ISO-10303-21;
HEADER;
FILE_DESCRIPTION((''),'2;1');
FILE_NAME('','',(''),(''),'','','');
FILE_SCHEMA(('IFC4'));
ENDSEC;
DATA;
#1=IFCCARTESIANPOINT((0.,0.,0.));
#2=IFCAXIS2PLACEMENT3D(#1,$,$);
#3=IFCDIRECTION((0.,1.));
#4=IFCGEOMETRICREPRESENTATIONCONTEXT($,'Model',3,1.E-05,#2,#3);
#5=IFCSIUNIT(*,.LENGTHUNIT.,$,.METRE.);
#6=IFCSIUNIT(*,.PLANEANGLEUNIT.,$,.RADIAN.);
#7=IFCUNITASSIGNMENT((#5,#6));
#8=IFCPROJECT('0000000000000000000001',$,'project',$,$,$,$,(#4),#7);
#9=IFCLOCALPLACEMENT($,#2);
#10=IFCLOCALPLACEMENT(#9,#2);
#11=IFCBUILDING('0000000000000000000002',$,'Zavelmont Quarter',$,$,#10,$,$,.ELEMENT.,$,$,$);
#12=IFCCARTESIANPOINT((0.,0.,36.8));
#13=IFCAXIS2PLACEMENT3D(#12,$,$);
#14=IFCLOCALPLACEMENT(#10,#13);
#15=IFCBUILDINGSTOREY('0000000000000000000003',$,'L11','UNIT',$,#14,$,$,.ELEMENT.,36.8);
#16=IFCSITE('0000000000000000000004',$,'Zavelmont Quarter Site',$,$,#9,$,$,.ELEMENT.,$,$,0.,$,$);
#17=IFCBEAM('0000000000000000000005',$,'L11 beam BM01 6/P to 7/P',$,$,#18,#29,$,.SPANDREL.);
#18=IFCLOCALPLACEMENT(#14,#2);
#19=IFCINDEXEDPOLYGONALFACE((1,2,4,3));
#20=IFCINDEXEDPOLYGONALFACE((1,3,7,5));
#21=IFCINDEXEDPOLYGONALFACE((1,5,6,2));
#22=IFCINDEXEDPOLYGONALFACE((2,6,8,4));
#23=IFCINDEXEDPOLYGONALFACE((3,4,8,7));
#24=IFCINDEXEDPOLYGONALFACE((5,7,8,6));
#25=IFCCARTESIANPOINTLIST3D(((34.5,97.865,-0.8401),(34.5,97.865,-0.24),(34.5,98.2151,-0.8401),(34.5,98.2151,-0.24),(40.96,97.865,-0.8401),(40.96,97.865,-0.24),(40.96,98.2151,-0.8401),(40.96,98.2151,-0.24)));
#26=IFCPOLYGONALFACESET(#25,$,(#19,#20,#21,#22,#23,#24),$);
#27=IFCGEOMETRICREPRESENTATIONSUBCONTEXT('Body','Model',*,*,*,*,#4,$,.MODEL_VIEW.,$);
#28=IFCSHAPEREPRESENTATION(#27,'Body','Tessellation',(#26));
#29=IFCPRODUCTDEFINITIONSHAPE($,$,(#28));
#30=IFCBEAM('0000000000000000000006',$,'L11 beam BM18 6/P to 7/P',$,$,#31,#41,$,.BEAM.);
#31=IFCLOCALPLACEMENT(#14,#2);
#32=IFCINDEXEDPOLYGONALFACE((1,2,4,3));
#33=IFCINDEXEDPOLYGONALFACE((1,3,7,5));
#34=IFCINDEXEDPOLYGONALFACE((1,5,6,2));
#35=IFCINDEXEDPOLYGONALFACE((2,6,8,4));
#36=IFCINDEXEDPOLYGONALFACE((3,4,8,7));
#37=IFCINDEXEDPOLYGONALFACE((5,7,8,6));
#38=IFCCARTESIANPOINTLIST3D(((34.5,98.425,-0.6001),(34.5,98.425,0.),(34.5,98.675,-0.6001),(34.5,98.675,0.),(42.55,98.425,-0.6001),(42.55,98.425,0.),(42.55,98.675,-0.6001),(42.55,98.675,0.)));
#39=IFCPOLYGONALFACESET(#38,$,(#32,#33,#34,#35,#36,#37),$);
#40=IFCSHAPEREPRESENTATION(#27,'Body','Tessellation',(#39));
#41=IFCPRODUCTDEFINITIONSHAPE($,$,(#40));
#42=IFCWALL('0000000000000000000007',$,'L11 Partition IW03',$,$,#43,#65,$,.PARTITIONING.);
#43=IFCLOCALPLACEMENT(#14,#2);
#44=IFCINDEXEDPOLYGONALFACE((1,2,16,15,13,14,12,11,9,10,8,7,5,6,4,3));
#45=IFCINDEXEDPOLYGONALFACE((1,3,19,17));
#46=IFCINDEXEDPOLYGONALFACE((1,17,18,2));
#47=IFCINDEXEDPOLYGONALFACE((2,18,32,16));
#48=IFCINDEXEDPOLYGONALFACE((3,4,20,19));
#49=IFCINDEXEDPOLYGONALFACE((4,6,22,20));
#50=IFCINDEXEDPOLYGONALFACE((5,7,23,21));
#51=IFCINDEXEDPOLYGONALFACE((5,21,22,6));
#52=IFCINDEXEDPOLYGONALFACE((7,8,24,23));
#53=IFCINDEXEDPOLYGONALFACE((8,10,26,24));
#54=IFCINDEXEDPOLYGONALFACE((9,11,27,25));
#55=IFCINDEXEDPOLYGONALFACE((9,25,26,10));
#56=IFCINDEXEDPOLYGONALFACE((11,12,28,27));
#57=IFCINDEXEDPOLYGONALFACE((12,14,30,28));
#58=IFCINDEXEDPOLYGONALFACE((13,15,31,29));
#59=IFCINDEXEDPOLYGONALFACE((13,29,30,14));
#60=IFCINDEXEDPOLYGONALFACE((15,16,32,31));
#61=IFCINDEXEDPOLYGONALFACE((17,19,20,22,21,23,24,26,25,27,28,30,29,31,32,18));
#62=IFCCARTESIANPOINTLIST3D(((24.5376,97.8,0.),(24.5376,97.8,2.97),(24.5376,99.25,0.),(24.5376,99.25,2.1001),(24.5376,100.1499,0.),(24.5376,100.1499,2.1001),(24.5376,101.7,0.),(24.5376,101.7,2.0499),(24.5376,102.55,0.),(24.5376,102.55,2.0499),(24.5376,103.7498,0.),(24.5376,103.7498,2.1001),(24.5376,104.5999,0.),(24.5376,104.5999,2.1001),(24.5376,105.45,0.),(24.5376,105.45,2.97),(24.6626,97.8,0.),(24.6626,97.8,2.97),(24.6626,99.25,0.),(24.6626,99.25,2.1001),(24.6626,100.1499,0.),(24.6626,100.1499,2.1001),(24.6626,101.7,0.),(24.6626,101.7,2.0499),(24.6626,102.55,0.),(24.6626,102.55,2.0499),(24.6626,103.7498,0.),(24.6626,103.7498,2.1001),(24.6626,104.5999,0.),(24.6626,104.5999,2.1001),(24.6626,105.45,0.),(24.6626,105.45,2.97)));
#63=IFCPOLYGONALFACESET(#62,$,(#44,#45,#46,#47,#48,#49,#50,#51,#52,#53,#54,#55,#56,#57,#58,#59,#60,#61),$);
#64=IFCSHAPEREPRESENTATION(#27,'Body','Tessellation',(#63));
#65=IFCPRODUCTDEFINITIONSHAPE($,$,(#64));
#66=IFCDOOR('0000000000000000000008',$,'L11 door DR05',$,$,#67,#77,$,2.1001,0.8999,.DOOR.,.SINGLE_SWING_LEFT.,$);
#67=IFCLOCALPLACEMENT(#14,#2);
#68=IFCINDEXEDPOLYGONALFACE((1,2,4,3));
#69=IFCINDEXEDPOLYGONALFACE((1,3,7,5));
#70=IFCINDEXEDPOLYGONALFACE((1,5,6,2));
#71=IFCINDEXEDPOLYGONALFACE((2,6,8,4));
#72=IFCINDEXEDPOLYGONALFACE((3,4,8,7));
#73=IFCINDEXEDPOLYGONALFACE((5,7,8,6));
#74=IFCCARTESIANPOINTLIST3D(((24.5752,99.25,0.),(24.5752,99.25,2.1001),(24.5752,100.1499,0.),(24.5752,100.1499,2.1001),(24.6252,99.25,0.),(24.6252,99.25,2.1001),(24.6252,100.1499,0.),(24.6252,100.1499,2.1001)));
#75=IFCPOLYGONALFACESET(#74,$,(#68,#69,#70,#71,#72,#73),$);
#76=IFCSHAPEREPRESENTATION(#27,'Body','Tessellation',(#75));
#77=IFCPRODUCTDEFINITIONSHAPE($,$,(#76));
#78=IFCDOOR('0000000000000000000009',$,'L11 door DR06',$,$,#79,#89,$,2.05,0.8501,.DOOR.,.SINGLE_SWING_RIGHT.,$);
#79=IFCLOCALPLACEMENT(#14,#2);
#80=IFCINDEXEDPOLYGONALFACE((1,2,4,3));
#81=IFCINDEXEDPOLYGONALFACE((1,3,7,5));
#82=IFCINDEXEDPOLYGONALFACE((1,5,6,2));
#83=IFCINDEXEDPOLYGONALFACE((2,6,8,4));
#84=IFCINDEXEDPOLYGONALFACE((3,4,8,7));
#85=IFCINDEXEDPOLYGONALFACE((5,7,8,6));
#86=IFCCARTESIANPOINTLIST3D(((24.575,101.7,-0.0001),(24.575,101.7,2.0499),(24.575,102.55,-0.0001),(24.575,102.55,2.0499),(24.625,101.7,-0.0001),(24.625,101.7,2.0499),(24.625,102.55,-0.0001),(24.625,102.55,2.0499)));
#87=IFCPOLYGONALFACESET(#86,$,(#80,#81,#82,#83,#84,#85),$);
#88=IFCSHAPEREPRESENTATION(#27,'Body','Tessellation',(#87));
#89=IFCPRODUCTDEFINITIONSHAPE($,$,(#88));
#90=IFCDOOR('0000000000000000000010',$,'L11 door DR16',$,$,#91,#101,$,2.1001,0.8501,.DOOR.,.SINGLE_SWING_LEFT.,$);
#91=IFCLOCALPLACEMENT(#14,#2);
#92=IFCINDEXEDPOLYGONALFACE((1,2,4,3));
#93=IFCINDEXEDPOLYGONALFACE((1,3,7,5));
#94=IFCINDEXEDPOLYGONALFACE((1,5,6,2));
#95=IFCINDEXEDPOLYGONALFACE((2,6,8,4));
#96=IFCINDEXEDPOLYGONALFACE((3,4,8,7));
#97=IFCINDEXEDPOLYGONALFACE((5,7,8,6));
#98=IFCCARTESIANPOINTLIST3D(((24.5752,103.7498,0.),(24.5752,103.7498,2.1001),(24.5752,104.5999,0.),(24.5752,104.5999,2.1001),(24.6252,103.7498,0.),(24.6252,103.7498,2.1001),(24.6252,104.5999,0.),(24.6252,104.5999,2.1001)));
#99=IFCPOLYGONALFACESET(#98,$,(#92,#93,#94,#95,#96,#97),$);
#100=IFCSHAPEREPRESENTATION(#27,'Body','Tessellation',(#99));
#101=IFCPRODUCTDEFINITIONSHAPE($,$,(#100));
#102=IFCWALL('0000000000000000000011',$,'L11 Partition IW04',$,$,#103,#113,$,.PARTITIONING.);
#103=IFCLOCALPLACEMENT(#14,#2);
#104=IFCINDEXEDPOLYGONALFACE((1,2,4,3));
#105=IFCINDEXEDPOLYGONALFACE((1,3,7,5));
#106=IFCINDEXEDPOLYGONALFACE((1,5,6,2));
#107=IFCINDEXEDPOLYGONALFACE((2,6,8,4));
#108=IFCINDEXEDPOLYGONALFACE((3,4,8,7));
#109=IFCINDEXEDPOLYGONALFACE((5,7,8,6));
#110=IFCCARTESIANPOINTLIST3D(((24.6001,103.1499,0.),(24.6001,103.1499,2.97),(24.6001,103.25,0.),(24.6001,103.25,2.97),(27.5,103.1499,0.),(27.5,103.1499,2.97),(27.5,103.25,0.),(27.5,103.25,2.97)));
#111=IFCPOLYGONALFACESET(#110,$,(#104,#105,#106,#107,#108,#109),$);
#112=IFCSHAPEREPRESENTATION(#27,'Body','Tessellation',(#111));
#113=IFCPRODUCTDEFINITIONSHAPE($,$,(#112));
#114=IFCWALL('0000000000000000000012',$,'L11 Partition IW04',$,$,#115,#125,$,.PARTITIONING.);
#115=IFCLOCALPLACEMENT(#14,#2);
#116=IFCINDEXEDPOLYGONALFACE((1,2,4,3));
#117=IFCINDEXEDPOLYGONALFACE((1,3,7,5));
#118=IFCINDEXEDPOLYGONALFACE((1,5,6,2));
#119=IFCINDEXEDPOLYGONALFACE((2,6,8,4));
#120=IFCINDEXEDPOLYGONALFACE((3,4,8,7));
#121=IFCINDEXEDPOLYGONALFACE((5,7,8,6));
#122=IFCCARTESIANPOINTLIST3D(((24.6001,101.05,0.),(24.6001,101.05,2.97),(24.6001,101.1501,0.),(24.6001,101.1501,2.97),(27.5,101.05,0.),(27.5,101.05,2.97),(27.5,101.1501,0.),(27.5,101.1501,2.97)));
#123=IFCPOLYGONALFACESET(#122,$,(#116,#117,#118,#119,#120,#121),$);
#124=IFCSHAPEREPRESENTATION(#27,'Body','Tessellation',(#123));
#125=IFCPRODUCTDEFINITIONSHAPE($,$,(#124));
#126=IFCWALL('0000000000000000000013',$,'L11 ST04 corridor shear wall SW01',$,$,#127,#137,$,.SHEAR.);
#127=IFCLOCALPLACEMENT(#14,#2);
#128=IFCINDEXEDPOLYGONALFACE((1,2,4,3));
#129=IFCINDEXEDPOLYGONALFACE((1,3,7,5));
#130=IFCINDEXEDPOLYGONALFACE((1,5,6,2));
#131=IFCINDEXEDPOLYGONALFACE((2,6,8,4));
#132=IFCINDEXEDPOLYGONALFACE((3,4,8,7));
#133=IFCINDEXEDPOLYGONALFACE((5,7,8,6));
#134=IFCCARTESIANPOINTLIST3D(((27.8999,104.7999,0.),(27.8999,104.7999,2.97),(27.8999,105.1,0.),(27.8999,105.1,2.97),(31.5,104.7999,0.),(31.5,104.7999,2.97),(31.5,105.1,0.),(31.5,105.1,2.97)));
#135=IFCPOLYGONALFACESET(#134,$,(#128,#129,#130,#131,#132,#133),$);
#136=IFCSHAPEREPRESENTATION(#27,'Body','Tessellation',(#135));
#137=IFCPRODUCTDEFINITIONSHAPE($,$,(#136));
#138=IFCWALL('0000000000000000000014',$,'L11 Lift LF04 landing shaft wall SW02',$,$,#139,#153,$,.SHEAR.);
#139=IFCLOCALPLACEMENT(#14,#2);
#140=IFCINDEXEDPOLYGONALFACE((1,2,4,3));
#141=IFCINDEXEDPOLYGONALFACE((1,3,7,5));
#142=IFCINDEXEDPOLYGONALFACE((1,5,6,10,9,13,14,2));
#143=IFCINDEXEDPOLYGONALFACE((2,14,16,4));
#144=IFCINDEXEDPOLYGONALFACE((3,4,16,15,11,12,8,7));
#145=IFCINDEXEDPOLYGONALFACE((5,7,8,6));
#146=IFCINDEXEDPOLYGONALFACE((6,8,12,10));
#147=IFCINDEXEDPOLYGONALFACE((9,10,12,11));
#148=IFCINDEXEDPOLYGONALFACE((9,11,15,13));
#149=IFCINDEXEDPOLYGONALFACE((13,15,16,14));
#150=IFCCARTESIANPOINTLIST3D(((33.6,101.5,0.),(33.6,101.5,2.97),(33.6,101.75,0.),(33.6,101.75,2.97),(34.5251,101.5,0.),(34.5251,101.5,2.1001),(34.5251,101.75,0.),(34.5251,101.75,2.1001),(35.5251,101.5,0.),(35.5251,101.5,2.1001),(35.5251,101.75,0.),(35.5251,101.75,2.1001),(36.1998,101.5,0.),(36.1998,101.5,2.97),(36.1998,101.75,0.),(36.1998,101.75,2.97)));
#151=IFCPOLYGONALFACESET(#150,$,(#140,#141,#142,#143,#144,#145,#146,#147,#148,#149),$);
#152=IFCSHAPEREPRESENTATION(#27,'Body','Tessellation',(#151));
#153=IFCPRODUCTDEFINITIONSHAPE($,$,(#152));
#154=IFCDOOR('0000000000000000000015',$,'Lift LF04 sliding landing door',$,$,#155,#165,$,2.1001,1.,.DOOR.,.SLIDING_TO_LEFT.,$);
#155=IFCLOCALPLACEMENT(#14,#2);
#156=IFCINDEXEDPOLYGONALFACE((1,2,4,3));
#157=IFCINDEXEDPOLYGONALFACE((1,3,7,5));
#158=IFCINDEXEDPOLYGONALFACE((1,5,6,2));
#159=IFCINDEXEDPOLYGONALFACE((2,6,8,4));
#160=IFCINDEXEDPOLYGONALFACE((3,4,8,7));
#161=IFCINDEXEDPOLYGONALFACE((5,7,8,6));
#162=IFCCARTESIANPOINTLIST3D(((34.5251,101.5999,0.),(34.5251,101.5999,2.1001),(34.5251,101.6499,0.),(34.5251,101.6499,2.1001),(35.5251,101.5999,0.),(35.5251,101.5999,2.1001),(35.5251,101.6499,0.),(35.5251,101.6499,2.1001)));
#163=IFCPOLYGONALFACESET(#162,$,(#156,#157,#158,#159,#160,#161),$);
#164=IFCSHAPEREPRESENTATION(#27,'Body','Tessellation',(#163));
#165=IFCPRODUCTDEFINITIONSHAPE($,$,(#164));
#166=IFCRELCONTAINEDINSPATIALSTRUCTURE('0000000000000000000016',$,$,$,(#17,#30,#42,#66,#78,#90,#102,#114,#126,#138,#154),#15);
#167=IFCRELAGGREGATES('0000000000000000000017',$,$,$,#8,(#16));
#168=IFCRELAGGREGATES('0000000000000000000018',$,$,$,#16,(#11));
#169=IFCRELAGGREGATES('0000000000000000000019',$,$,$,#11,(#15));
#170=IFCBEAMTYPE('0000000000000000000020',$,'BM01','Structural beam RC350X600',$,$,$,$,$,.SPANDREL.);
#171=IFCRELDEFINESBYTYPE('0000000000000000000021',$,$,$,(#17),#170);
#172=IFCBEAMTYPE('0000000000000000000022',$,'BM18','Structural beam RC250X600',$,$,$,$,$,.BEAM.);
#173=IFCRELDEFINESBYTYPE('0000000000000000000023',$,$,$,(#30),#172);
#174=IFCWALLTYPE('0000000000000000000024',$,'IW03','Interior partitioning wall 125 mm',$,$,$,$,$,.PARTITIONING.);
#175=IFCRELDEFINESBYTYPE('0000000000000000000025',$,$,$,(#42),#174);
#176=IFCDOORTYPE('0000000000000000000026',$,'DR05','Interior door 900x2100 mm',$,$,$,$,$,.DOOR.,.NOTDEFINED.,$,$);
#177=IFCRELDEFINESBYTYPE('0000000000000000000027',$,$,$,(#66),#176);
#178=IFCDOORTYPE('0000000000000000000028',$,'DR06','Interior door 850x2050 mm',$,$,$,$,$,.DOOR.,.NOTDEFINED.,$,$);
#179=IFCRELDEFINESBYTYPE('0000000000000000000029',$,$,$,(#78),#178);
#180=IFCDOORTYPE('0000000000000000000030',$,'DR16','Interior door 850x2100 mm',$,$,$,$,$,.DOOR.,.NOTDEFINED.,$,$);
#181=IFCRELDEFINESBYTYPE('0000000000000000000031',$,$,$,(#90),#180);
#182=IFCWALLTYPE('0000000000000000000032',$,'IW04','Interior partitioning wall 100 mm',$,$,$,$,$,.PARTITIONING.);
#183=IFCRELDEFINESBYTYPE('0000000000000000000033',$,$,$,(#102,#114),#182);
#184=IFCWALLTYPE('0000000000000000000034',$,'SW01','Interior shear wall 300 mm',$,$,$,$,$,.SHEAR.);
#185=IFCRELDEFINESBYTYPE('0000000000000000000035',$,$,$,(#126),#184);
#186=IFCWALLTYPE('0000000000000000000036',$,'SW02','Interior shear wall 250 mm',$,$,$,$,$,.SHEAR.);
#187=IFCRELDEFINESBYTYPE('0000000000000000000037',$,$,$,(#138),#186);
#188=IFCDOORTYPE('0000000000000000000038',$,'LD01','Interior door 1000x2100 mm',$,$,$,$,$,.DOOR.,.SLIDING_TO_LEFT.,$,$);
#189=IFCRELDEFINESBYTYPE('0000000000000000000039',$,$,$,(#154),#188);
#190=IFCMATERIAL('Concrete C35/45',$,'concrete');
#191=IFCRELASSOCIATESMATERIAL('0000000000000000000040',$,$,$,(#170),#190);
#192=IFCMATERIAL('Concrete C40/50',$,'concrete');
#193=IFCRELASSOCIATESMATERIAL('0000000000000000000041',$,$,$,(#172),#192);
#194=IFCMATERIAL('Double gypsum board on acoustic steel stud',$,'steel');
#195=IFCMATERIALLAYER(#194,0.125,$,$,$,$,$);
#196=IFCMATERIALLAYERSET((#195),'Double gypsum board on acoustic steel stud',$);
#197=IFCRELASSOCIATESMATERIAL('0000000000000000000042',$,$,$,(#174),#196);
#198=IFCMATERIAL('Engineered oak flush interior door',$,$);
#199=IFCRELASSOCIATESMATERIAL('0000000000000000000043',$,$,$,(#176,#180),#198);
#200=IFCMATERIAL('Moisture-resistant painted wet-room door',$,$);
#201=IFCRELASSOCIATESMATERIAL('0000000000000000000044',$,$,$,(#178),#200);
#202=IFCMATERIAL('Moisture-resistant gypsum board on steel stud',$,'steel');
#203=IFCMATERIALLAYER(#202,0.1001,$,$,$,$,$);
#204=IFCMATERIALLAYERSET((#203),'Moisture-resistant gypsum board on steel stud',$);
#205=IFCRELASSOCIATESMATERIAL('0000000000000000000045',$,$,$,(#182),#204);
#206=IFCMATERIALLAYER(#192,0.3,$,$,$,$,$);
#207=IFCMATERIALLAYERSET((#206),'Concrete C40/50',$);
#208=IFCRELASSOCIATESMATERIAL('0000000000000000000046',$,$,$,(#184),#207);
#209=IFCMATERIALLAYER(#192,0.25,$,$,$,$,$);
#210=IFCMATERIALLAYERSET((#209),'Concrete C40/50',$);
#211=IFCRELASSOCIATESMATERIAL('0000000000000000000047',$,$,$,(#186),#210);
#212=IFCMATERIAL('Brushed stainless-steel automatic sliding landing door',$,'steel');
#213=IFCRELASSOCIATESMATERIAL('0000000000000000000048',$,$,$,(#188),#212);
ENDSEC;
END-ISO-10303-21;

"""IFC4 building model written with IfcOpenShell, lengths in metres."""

from ifc_helpers import new_model, si_unit, direction, frame, frame_2d, origin, origin_with_axes, origin_2d, place, context, subcontext, project, spatial, rectangle, extrude, material, layer, layer_set, material_profile, profile_set, type_object, element, fill, save


model = new_model("IFC4")

# Units and contexts
model_context = context("Model", 3, precision=1e-05, world=origin(), true_north=direction((0.0, 1.0)))
body_context = subcontext(model_context, "Body", "Model", "MODEL_VIEW")
ifc_project = project(units=[si_unit("LENGTHUNIT", "METRE"), si_unit("PLANEANGLEUNIT", "RADIAN")], contexts=[model_context])

# Site, building, storey
site_placement = place(None, origin())
site = spatial("IfcSite", under=ifc_project, at=site_placement, Name="Zavelmont Quarter Site", CompositionType="ELEMENT", RefElevation=0.0)
building_placement = place(site_placement, origin())
building = spatial("IfcBuilding", under=site, at=building_placement, Name="Zavelmont Quarter", CompositionType="ELEMENT")
storey_placement = place(building_placement, frame((0.0, 0.0, 36.8)))
storey = spatial("IfcBuildingStorey", under=building, at=storey_placement, Name="L11", Description="UNIT", CompositionType="ELEMENT", Elevation=36.8)

# Beams
ifc_material_1 = material(Name="Concrete C35/45", Category="concrete")
ifc_material_profile_1 = material_profile(ifc_material_1, rectangle(XDim=0.3501, YDim=0.6001, at=origin_2d()), Name="RC350X600")
ifc_profile_set_1 = profile_set([ifc_material_profile_1], Name="Concrete C35/45")
beam_type_1 = type_object("IfcBeamType", Name="BM01", Description="Structural beam RC350X600", PredefinedType="SPANDREL", material=ifc_profile_set_1)
beam_1_placement = place(storey_placement, frame((34.5, 98.04, -0.54), z_axis=(1.0, 0.0, 0.0), x_axis=(0.0, 1.0, 0.0)))
element("IfcBeam", 1, at=beam_1_placement, inside=storey, type_object=beam_type_1, Name="L11 beam BM01 6/P to 7/P", PredefinedType="SPANDREL", context=body_context, shape_type="SweptSolid", body=[
    extrude(rectangle(XDim=0.3501, YDim=0.6001, at=origin_2d()), origin(), (0.0, 0.0, 1.0), 6.46),
])
ifc_material_2 = material(Name="Concrete C40/50", Category="concrete")
ifc_material_profile_2 = material_profile(ifc_material_2, rectangle(XDim=0.25, YDim=0.6001, at=origin_2d()), Name="RC250X600")
ifc_profile_set_2 = profile_set([ifc_material_profile_2], Name="Concrete C40/50")
beam_type_2 = type_object("IfcBeamType", Name="BM18", Description="Structural beam RC250X600", PredefinedType="BEAM", material=ifc_profile_set_2)
beam_2_placement = place(storey_placement, frame((34.5, 98.55, -0.3), z_axis=(1.0, 0.0, 0.0), x_axis=(0.0, 1.0, 0.0)))
element("IfcBeam", 2, at=beam_2_placement, inside=storey, type_object=beam_type_2, Name="L11 beam BM18 6/P to 7/P", PredefinedType="BEAM", context=body_context, shape_type="SweptSolid", body=[
    extrude(rectangle(XDim=0.25, YDim=0.6001, at=origin_2d()), origin(), (0.0, 0.0, 1.0), 8.05),
])

# Wall, openings, doors
ifc_material_3 = material(Name="Double gypsum board on acoustic steel stud", Category="steel")
ifc_layer_1 = layer(ifc_material_3, 0.125)
ifc_layer_set_1 = layer_set([ifc_layer_1], Name="Double gypsum board on acoustic steel stud")
wall_type_1 = type_object("IfcWallType", Name="IW03", Description="Interior partitioning wall 125 mm", PredefinedType="PARTITIONING", material=ifc_layer_set_1)
wall_1_placement = place(storey_placement, frame((24.6001, 105.45, 0.0), z_axis=(0.0, 0.0, 1.0), x_axis=(0.0, -1.0, 0.0)))
wall_1 = element("IfcWall", 3, at=wall_1_placement, inside=storey, type_object=wall_type_1, Name="L11 Partition IW03", PredefinedType="PARTITIONING", context=body_context, shape_type="SweptSolid", body=[
    extrude(rectangle(XDim=7.6499, YDim=0.125, at=frame_2d((3.825, 0.0))), origin(), (0.0, 0.0, 1.0), 2.97),
])
opening_1_placement = place(wall_1_placement, frame((0.8501, 0.0, 0.0)))
opening_1 = element("IfcOpeningElement", 4, at=opening_1_placement, cuts=wall_1, PredefinedType="OPENING", context=body_context, shape_type="SweptSolid", body=[
    extrude(rectangle(XDim=0.8501, YDim=2.1001, at=frame_2d((0.425, 1.05))), frame((0.0, 0.0745, 0.0), z_axis=(0.0, -1.0, 0.0), x_axis=(1.0, 0.0, 0.0)), (0.0, 0.0, 1.0), 0.1489),
])
opening_2_placement = place(wall_1_placement, frame((2.8999, 0.0, 0.0)))
opening_2 = element("IfcOpeningElement", 5, at=opening_2_placement, cuts=wall_1, PredefinedType="OPENING", context=body_context, shape_type="SweptSolid", body=[
    extrude(rectangle(XDim=0.8501, YDim=2.05, at=frame_2d((0.425, 1.0249))), frame((0.0, 0.0745, 0.0), z_axis=(0.0, -1.0, 0.0), x_axis=(1.0, 0.0, 0.0)), (0.0, 0.0, 1.0), 0.1489),
])
opening_3_placement = place(wall_1_placement, frame((5.3, 0.0, 0.0)))
opening_3 = element("IfcOpeningElement", 6, at=opening_3_placement, cuts=wall_1, PredefinedType="OPENING", context=body_context, shape_type="SweptSolid", body=[
    extrude(rectangle(XDim=0.8999, YDim=2.1001, at=frame_2d((0.45, 1.05))), frame((0.0, 0.0745, 0.0), z_axis=(0.0, -1.0, 0.0), x_axis=(1.0, 0.0, 0.0)), (0.0, 0.0, 1.0), 0.1489),
])
ifc_material_4 = material(Name="Engineered oak flush interior door")
door_type_1 = type_object("IfcDoorType", Name="DR05", Description="Interior door 900x2100 mm", OperationType="NOTDEFINED", PredefinedType="DOOR", material=ifc_material_4)
door_1_placement = place(opening_3_placement, frame((0.8999, 0.0, 0.0), z_axis=(0.0, 0.0, 1.0), x_axis=(-1.0, 0.0, 0.0)))
door_1 = element("IfcDoor", 7, at=door_1_placement, inside=storey, type_object=door_type_1, Name="L11 door DR05", OperationType="SINGLE_SWING_LEFT", OverallHeight=2.1001, OverallWidth=0.8999, PredefinedType="DOOR", context=body_context, shape_type="SweptSolid", body=[
    extrude(rectangle(XDim=0.8999, YDim=2.1001, at=frame_2d((0.45, 1.05))), frame((0.0, 0.0249, 0.0), z_axis=(0.0, -1.0, 0.0), x_axis=(1.0, 0.0, 0.0)), (0.0, 0.0, 1.0), 0.05),
])
fill(opening_3, door_1)
ifc_material_5 = material(Name="Moisture-resistant painted wet-room door")
door_type_2 = type_object("IfcDoorType", Name="DR06", Description="Interior door 850x2050 mm", OperationType="NOTDEFINED", PredefinedType="DOOR", material=ifc_material_5)
door_2_placement = place(opening_2_placement, origin_with_axes())
door_2 = element("IfcDoor", 8, at=door_2_placement, inside=storey, type_object=door_type_2, Name="L11 door DR06", OperationType="SINGLE_SWING_RIGHT", OverallHeight=2.05, OverallWidth=0.8501, PredefinedType="DOOR", context=body_context, shape_type="SweptSolid", body=[
    extrude(rectangle(XDim=0.8501, YDim=2.05, at=frame_2d((0.425, 1.0249))), frame((0.0, 0.0249, 0.0), z_axis=(0.0, -1.0, 0.0), x_axis=(1.0, 0.0, 0.0)), (0.0, 0.0, 1.0), 0.05),
])
fill(opening_2, door_2)
door_type_3 = type_object("IfcDoorType", Name="DR16", Description="Interior door 850x2100 mm", OperationType="NOTDEFINED", PredefinedType="DOOR", material=ifc_material_4)
door_3_placement = place(opening_1_placement, frame((0.8501, 0.0, 0.0), z_axis=(0.0, 0.0, 1.0), x_axis=(-1.0, 0.0, 0.0)))
door_3 = element("IfcDoor", 9, at=door_3_placement, inside=storey, type_object=door_type_3, Name="L11 door DR16", OperationType="SINGLE_SWING_LEFT", OverallHeight=2.1001, OverallWidth=0.8501, PredefinedType="DOOR", context=body_context, shape_type="SweptSolid", body=[
    extrude(rectangle(XDim=0.8501, YDim=2.1001, at=frame_2d((0.425, 1.05))), frame((0.0, 0.0249, 0.0), z_axis=(0.0, -1.0, 0.0), x_axis=(1.0, 0.0, 0.0)), (0.0, 0.0, 1.0), 0.05),
])
fill(opening_1, door_3)

# Walls
ifc_material_6 = material(Name="Moisture-resistant gypsum board on steel stud", Category="steel")
ifc_layer_2 = layer(ifc_material_6, 0.1001)
ifc_layer_set_2 = layer_set([ifc_layer_2], Name="Moisture-resistant gypsum board on steel stud")
wall_type_2 = type_object("IfcWallType", Name="IW04", Description="Interior partitioning wall 100 mm", PredefinedType="PARTITIONING", material=ifc_layer_set_2)
for number, where, z_axis, x_axis, name in (
    (10, (24.6001, 103.2, 0.0), (0.0, 0.0, 1.0), (1.0, 0.0, 0.0), "L11 Partition IW04"),
    (11, (24.6001, 101.1001, 0.0), (0.0, 0.0, 1.0), (1.0, 0.0, 0.0), "L11 Partition IW04"),
):
    element("IfcWall", number, at=place(storey_placement, frame(where, z_axis=z_axis, x_axis=x_axis)), inside=storey, type_object=wall_type_2, Name=name, PredefinedType="PARTITIONING", context=body_context, shape_type="SweptSolid", body=[
        extrude(rectangle(XDim=2.8999, YDim=0.1001, at=frame_2d((1.45, 0.0))), origin(), (0.0, 0.0, 1.0), 2.97),
    ])
ifc_layer_3 = layer(ifc_material_2, 0.3)
ifc_layer_set_3 = layer_set([ifc_layer_3], Name="Concrete C40/50")
wall_type_3 = type_object("IfcWallType", Name="SW01", Description="Interior shear wall 300 mm", PredefinedType="SHEAR", material=ifc_layer_set_3)
wall_2_placement = place(storey_placement, frame((27.8999, 104.95, 0.0), z_axis=(0.0, 0.0, 1.0), x_axis=(1.0, 0.0, 0.0)))
element("IfcWall", 12, at=wall_2_placement, inside=storey, type_object=wall_type_3, Name="L11 ST04 corridor shear wall SW01", PredefinedType="SHEAR", context=body_context, shape_type="SweptSolid", body=[
    extrude(rectangle(XDim=3.6001, YDim=0.3, at=frame_2d((1.8, 0.0))), origin(), (0.0, 0.0, 1.0), 2.97),
])

# Wall, opening, door
ifc_layer_4 = layer(ifc_material_2, 0.25)
ifc_layer_set_4 = layer_set([ifc_layer_4], Name="Concrete C40/50")
wall_type_4 = type_object("IfcWallType", Name="SW02", Description="Interior shear wall 250 mm", PredefinedType="SHEAR", material=ifc_layer_set_4)
wall_3_placement = place(storey_placement, frame((33.6001, 101.625, 0.0), z_axis=(0.0, 0.0, 1.0), x_axis=(1.0, 0.0, 0.0)))
wall_3 = element("IfcWall", 13, at=wall_3_placement, inside=storey, type_object=wall_type_4, Name="L11 Lift LF04 landing shaft wall SW02", PredefinedType="SHEAR", context=body_context, shape_type="SweptSolid", body=[
    extrude(rectangle(XDim=2.5999, YDim=0.25, at=frame_2d((1.2998, 0.0))), origin(), (0.0, 0.0, 1.0), 2.97),
])
opening_4_placement = place(wall_3_placement, frame((0.925, 0.0, 0.0)))
opening_4 = element("IfcOpeningElement", 14, at=opening_4_placement, cuts=wall_3, PredefinedType="OPENING", context=body_context, shape_type="SweptSolid", body=[
    extrude(rectangle(XDim=1.0, YDim=2.1001, at=frame_2d((0.5, 1.05))), frame((0.0, 0.137, 0.0), z_axis=(0.0, -1.0, 0.0), x_axis=(1.0, 0.0, 0.0)), (0.0, 0.0, 1.0), 0.2739),
])
ifc_material_7 = material(Name="Brushed stainless-steel automatic sliding landing door", Category="steel")
door_type_4 = type_object("IfcDoorType", Name="LD01", Description="Interior door 1000x2100 mm", OperationType="SLIDING_TO_LEFT", PredefinedType="DOOR", material=ifc_material_7)
door_4_placement = place(opening_4_placement, origin_with_axes())
door_4 = element("IfcDoor", 15, at=door_4_placement, inside=storey, type_object=door_type_4, Name="Lift LF04 sliding landing door", OperationType="SLIDING_TO_LEFT", OverallHeight=2.1001, OverallWidth=1.0, PredefinedType="DOOR", context=body_context, shape_type="SweptSolid", body=[
    extrude(rectangle(XDim=1.0, YDim=2.1001, at=frame_2d((0.5, 1.05))), frame((0.0, 0.0249, 0.0), z_axis=(0.0, -1.0, 0.0), x_axis=(1.0, 0.0, 0.0)), (0.0, 0.0, 1.0), 0.05),
])
fill(opening_4, door_4)

save(model, "model.ifc")
